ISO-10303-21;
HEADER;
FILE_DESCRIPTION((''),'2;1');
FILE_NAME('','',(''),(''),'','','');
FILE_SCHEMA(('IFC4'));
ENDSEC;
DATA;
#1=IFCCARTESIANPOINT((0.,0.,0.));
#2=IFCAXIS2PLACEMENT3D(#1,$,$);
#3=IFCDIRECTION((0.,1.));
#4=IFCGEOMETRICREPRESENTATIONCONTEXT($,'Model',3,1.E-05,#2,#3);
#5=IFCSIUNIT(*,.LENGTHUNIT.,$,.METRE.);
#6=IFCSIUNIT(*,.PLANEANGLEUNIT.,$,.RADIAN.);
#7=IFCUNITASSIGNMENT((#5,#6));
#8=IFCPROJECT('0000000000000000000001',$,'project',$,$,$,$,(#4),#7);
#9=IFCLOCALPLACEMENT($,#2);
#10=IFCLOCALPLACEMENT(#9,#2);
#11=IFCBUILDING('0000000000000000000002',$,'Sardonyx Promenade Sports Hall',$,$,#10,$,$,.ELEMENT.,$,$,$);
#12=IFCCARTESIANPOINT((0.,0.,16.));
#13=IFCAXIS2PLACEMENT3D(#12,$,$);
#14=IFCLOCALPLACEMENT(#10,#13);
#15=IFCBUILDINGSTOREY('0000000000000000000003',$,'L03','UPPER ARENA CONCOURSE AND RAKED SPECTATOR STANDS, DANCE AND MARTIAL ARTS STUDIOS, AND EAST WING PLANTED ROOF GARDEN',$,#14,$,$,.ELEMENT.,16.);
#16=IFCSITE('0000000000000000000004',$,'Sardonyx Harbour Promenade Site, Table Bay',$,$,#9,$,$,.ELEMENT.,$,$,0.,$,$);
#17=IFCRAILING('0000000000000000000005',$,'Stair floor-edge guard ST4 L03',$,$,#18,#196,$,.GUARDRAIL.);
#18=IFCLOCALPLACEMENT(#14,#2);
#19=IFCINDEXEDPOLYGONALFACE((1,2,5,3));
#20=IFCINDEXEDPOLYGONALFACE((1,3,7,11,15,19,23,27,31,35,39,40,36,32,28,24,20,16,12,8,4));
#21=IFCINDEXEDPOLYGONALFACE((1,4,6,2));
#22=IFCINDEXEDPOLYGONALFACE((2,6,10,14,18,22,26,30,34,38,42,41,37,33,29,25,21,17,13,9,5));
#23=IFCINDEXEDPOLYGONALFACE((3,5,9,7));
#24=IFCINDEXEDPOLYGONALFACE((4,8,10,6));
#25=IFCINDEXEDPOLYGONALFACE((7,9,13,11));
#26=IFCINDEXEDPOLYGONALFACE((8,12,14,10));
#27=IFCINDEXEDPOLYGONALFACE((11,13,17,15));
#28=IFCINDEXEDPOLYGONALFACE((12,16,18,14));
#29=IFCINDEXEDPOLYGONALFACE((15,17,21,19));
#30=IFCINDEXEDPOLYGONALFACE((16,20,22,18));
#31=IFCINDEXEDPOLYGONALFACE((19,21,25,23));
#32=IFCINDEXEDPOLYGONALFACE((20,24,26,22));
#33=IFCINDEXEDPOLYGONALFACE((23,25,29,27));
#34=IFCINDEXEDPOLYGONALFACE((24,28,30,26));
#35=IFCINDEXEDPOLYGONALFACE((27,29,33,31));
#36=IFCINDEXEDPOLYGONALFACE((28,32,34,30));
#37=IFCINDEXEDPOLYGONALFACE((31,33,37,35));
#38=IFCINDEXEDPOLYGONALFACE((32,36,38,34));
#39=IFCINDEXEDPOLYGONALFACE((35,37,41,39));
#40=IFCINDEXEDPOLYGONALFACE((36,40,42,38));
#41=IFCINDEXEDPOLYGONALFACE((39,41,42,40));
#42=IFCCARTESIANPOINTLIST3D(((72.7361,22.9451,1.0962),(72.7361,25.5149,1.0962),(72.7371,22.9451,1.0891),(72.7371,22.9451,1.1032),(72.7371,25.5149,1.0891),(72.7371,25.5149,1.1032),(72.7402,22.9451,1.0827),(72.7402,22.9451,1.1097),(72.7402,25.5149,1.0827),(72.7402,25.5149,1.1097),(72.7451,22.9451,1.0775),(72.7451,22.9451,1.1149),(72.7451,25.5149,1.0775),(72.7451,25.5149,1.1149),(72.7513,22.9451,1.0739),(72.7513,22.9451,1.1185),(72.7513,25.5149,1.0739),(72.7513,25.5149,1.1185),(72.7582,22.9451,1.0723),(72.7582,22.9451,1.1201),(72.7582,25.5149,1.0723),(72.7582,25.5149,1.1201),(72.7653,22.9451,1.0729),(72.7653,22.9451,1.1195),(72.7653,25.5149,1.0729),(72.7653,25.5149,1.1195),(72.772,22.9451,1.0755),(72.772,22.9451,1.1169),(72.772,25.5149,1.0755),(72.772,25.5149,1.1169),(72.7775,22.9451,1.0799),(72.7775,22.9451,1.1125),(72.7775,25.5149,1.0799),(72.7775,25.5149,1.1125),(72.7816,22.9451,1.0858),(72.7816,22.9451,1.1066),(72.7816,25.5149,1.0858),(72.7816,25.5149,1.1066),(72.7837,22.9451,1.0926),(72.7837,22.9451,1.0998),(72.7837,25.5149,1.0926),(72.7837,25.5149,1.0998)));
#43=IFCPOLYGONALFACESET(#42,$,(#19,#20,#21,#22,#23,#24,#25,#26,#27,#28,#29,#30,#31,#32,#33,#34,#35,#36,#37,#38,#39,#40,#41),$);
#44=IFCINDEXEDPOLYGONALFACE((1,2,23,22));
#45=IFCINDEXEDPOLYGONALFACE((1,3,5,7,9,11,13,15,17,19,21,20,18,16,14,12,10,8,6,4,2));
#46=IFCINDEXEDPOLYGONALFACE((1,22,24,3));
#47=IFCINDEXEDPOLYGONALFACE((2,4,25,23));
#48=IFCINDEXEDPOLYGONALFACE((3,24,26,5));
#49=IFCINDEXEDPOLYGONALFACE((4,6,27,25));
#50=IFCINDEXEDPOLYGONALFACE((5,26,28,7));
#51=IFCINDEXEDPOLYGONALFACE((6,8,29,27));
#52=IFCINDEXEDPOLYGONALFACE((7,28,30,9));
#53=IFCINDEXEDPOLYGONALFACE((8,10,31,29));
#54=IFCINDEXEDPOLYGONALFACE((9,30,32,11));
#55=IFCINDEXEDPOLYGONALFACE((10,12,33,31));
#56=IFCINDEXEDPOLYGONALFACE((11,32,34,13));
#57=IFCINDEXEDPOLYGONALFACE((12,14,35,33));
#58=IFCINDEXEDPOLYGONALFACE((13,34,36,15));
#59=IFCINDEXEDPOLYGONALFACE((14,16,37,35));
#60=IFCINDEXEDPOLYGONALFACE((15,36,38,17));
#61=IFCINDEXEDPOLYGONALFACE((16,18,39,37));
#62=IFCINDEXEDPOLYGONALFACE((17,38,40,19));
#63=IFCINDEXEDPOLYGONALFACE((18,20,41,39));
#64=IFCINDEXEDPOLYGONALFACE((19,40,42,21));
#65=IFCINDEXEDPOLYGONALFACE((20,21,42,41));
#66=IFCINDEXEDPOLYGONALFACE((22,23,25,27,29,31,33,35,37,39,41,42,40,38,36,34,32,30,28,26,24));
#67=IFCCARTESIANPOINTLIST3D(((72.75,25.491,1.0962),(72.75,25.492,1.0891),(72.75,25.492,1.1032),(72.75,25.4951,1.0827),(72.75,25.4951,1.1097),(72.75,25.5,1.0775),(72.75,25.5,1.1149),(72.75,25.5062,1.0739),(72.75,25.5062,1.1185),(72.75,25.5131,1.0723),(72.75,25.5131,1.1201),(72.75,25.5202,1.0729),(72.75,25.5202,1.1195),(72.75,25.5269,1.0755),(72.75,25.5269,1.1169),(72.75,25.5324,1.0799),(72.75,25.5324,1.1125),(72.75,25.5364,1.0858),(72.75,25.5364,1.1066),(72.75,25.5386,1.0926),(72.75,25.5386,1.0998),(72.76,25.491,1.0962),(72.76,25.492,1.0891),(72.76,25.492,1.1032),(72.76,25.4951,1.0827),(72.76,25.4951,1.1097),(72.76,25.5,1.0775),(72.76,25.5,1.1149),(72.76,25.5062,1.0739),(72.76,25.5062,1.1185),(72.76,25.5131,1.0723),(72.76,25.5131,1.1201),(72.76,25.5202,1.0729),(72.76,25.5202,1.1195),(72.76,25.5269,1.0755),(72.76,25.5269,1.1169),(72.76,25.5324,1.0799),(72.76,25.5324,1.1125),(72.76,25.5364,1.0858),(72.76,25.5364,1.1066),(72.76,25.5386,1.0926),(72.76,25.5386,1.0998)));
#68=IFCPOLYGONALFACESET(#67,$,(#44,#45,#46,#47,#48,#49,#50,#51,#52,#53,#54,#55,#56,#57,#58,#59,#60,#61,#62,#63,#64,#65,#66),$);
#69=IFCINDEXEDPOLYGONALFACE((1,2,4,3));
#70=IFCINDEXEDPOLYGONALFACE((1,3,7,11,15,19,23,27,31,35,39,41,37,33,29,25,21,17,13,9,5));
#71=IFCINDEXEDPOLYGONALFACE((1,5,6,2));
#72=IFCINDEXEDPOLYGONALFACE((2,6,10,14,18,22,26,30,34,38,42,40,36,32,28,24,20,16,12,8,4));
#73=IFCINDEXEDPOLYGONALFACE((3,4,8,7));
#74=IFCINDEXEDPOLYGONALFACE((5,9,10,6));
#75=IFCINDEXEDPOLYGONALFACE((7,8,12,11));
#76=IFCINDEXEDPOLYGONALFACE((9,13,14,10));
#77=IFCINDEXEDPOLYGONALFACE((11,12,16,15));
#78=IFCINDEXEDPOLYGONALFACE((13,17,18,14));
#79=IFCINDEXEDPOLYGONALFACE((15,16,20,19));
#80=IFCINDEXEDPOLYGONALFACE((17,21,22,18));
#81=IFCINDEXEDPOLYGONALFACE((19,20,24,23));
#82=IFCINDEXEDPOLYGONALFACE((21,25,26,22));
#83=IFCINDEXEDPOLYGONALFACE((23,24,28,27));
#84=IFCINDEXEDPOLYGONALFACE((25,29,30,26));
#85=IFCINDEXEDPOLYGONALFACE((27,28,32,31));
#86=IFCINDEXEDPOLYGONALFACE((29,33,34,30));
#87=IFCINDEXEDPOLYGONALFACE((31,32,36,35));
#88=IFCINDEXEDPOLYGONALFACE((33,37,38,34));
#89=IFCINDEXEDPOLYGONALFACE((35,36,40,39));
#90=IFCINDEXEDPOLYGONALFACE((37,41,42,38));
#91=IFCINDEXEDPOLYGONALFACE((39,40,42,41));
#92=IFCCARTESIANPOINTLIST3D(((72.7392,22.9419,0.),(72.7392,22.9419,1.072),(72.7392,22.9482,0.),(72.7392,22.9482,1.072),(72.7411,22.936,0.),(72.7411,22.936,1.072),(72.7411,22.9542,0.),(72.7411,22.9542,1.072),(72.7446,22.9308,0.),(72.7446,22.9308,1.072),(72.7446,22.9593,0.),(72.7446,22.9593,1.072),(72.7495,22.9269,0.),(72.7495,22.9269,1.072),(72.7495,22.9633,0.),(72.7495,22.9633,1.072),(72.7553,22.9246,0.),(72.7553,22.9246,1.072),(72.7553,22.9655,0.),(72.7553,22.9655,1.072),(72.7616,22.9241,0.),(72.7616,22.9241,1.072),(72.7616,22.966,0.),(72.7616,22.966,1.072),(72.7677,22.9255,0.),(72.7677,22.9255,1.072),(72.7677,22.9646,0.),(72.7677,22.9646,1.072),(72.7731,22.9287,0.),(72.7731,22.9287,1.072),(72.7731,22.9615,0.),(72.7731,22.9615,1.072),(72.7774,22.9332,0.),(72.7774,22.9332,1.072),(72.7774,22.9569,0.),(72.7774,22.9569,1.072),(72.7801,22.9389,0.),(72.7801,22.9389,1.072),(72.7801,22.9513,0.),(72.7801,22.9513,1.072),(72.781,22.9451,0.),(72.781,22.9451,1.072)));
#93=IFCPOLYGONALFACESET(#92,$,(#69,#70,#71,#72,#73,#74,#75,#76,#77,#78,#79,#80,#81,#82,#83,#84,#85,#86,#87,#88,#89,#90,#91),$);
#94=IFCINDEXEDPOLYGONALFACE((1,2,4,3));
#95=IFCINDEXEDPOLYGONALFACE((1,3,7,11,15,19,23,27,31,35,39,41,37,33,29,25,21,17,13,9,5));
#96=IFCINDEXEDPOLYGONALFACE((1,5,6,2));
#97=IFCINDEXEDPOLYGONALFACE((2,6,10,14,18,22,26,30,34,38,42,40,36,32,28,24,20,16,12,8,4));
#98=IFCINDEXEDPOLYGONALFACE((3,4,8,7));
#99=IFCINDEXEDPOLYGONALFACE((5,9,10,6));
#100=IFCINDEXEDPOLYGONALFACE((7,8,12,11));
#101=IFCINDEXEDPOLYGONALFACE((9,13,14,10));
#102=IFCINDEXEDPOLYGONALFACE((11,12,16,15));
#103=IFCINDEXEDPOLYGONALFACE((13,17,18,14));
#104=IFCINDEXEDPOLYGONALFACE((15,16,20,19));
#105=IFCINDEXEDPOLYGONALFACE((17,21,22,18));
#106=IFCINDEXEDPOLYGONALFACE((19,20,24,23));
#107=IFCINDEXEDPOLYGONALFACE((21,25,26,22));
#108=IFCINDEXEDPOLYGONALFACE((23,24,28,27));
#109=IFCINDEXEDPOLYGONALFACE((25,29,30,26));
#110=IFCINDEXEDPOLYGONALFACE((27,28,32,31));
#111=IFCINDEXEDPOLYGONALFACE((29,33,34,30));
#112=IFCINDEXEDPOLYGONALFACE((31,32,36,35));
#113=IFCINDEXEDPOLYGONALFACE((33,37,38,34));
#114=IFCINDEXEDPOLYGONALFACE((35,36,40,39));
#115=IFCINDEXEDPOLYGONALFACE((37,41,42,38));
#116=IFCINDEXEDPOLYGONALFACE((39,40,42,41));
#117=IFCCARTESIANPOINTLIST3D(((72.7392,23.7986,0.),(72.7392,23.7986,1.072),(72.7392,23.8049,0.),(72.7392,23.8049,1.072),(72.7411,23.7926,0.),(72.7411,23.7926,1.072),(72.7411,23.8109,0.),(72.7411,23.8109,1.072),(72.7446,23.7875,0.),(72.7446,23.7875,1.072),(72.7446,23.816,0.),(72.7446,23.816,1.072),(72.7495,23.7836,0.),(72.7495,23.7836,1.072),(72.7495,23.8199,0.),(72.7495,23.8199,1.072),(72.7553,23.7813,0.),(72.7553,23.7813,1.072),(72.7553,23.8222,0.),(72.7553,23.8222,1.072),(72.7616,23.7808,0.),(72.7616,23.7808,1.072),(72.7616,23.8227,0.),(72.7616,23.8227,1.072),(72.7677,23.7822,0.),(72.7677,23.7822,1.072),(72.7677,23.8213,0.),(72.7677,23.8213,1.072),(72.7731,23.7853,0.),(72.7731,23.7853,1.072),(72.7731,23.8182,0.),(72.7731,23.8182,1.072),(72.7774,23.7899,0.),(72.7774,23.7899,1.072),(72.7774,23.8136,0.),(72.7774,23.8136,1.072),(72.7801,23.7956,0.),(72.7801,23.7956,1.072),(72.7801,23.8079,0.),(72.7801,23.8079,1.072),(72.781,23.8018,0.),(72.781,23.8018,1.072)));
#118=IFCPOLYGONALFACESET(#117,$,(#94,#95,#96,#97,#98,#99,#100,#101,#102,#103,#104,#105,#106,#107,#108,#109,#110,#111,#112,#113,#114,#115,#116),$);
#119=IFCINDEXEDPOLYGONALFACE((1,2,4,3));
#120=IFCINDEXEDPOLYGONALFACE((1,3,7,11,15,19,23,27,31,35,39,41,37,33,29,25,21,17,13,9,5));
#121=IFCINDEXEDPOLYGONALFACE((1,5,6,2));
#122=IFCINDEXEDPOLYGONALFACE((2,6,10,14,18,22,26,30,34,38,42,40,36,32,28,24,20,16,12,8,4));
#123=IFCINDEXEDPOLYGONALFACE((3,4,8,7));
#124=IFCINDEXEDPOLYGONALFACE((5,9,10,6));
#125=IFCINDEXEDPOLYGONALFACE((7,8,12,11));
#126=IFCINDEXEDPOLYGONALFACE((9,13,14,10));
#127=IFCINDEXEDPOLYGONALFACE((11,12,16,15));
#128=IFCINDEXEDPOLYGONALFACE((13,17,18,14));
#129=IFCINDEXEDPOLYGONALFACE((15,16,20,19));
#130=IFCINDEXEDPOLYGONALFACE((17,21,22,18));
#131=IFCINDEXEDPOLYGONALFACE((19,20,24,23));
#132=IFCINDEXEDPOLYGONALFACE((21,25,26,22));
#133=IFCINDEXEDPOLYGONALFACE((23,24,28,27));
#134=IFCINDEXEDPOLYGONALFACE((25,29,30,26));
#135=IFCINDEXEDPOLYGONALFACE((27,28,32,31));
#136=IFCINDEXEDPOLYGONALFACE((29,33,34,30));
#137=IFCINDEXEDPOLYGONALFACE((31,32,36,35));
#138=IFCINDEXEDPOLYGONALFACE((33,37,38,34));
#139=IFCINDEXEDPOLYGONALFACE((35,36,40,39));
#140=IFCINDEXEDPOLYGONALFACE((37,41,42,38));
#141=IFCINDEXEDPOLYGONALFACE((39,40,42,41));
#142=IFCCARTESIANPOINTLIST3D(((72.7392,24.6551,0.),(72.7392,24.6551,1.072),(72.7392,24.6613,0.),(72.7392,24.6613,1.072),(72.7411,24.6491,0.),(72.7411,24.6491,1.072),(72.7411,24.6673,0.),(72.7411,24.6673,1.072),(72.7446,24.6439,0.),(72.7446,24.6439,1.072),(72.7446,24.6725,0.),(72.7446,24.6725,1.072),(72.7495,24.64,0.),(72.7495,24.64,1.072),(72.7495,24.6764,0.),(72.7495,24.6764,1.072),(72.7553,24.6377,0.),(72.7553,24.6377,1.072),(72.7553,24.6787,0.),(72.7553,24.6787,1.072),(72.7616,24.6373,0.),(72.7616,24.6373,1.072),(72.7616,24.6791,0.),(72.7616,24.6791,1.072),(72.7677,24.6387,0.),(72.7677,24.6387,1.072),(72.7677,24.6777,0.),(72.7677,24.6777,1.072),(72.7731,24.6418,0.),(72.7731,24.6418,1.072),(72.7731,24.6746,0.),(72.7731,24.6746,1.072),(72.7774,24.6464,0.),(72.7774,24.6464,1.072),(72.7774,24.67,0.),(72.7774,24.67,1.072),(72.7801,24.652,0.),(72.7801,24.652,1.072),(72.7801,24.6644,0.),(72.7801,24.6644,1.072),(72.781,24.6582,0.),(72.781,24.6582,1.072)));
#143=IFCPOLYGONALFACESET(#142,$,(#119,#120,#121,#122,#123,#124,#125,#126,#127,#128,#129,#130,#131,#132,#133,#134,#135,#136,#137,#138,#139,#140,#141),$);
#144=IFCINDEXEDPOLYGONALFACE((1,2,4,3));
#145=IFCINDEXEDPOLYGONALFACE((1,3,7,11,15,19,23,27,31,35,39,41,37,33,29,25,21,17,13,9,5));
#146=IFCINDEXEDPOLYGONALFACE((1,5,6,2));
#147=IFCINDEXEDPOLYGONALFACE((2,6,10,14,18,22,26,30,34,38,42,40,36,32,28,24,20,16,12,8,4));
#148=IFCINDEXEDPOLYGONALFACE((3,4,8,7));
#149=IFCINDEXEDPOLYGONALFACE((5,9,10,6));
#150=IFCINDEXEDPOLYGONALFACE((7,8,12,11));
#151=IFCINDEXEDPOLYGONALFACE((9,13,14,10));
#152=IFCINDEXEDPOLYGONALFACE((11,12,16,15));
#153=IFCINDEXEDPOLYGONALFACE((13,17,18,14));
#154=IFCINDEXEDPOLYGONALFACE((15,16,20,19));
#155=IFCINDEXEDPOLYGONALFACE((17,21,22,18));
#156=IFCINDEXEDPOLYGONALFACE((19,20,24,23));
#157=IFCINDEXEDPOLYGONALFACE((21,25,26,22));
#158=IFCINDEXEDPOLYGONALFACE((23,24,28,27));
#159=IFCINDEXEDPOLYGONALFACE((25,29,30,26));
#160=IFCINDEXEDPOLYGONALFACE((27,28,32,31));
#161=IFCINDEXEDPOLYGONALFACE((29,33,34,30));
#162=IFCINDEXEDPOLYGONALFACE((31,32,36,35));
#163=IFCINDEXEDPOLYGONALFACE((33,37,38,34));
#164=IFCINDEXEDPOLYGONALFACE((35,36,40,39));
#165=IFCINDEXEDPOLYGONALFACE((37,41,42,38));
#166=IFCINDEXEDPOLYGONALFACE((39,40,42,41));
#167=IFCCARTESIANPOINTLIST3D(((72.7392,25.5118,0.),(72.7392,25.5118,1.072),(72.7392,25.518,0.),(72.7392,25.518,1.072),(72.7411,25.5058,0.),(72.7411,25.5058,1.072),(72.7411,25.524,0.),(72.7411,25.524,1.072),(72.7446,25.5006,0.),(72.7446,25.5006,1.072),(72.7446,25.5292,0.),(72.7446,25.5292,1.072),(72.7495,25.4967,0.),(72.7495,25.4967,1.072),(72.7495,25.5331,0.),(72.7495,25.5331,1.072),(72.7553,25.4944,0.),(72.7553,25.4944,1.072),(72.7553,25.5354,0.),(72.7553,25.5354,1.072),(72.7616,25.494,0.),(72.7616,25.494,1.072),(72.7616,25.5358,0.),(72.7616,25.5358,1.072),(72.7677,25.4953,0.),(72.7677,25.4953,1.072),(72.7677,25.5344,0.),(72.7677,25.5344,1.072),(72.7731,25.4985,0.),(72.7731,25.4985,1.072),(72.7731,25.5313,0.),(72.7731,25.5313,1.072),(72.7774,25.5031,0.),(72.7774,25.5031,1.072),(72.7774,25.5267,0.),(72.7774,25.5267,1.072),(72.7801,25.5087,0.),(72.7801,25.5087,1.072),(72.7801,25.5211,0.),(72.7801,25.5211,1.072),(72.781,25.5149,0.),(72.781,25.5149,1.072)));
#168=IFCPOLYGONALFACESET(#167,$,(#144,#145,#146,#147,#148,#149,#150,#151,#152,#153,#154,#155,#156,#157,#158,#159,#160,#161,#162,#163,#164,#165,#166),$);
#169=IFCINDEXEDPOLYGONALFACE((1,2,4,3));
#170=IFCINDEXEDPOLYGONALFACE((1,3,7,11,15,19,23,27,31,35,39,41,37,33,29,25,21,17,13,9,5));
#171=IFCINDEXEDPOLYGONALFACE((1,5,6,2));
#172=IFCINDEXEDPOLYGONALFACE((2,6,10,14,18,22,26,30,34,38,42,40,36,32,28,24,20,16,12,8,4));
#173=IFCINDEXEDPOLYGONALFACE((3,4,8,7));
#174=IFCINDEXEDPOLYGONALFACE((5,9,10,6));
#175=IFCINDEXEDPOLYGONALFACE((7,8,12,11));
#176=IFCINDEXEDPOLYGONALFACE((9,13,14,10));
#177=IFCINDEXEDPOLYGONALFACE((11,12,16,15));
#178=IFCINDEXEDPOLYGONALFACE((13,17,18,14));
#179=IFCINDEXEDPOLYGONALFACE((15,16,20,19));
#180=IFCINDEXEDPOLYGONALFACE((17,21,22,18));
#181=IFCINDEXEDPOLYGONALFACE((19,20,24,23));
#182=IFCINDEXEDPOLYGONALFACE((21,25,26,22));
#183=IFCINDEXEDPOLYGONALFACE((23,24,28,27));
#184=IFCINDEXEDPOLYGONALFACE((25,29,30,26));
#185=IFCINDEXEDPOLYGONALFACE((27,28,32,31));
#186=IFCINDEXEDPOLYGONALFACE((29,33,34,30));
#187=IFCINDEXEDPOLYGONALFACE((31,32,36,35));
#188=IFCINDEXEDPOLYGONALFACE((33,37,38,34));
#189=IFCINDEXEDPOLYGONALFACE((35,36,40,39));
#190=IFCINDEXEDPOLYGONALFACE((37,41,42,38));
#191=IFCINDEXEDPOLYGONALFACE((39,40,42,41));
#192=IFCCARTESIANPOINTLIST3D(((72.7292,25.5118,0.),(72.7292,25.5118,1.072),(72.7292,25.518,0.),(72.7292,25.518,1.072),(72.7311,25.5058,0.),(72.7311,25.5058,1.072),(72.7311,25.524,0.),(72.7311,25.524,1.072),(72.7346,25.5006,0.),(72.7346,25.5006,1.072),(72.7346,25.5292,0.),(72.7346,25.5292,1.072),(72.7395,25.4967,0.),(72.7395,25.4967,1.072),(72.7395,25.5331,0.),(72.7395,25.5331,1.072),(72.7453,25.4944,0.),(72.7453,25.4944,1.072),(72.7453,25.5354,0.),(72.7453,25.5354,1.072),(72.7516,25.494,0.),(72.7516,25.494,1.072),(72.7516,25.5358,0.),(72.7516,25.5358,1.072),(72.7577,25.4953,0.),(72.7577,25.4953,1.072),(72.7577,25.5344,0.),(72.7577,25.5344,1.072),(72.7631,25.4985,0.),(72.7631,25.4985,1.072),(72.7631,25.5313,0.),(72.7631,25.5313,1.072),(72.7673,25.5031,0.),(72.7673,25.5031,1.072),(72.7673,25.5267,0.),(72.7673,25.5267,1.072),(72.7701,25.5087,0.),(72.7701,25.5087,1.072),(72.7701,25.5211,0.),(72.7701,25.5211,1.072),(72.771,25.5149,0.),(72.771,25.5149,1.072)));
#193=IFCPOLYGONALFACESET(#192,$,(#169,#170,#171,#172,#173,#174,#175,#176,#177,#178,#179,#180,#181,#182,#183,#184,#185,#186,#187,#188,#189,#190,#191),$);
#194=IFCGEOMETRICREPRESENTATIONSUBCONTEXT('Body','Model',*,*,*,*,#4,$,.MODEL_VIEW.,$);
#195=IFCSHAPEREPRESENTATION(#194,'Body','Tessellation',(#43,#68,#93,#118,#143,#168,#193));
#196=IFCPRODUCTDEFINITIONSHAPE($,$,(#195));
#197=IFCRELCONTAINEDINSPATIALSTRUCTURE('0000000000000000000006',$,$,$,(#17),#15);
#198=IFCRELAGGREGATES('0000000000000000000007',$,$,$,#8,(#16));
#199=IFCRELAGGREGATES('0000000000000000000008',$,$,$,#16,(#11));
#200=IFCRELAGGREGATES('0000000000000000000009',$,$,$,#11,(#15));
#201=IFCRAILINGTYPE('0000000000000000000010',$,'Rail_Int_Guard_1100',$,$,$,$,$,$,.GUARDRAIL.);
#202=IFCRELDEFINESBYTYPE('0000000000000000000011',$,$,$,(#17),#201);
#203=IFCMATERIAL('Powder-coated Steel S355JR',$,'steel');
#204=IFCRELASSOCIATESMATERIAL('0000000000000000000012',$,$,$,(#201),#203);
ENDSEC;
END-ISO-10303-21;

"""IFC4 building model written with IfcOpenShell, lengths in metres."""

from ifc_helpers import new_model, si_unit, direction, frame, origin, origin_2d, place, context, subcontext, project, spatial, circle, extrude, material, type_object, element, save


model = new_model("IFC4")

# Units and contexts
model_context = context("Model", 3, precision=1e-05, world=origin(), true_north=direction((0.0, 1.0)))
body_context = subcontext(model_context, "Body", "Model", "MODEL_VIEW")
ifc_project = project(units=[si_unit("LENGTHUNIT", "METRE"), si_unit("PLANEANGLEUNIT", "RADIAN")], contexts=[model_context])

# Site, building, storey
site_placement = place(None, origin())
site = spatial("IfcSite", under=ifc_project, at=site_placement, Name="Sardonyx Harbour Promenade Site, Table Bay", CompositionType="ELEMENT", RefElevation=0.0)
building_placement = place(site_placement, origin())
building = spatial("IfcBuilding", under=site, at=building_placement, Name="Sardonyx Promenade Sports Hall", CompositionType="ELEMENT")
storey_placement = place(building_placement, frame((0.0, 0.0, 16.0)))
storey = spatial("IfcBuildingStorey", under=building, at=storey_placement, Name="L03", Description="UPPER ARENA CONCOURSE AND RAKED SPECTATOR STANDS, DANCE AND MARTIAL ARTS STUDIOS, AND EAST WING PLANTED ROOF GARDEN", CompositionType="ELEMENT", Elevation=16.0)

# Railing
ifc_material_1 = material(Name="Powder-coated Steel S355JR", Category="steel")
railing_type_1 = type_object("IfcRailingType", Name="Rail_Int_Guard_1100", PredefinedType="GUARDRAIL", material=ifc_material_1)
railing_1_placement = place(storey_placement, frame((72.76, 22.9451, 0.0)))
element("IfcRailing", 1, at=railing_1_placement, inside=storey, type_object=railing_type_1, Name="Stair floor-edge guard ST4 L03", PredefinedType="GUARDRAIL", context=body_context, shape_type="SweptSolid", body=[
    extrude(circle(Radius=0.0239, at=origin_2d()), frame((0.0, 0.0, 1.0962), z_axis=(0.0, 1.0, 0.0), x_axis=(-1.0, 0.0, 0.0)), (0.0, 0.0, 1.0), 2.5698),
    extrude(circle(Radius=0.0239, at=origin_2d()), frame((0.0, 2.5698, 1.0962), z_axis=(-1.0, 0.0, 0.0), x_axis=(0.0, -1.0, 0.0)), (0.0, 0.0, 1.0), 0.01),
    extrude(circle(Radius=0.021, at=origin_2d()), origin(), (0.0, 0.0, 1.0), 1.072),
    extrude(circle(Radius=0.021, at=origin_2d()), frame((0.0, 0.8567, 0.0)), (0.0, 0.0, 1.0), 1.072),
    extrude(circle(Radius=0.021, at=origin_2d()), frame((0.0, 1.7131, 0.0)), (0.0, 0.0, 1.0), 1.072),
    extrude(circle(Radius=0.021, at=origin_2d()), frame((0.0, 2.5698, 0.0)), (0.0, 0.0, 1.0), 1.072),
    extrude(circle(Radius=0.021, at=origin_2d()), frame((-0.01, 2.5698, 0.0)), (0.0, 0.0, 1.0), 1.072),
])

save(model, "model.ifc")
